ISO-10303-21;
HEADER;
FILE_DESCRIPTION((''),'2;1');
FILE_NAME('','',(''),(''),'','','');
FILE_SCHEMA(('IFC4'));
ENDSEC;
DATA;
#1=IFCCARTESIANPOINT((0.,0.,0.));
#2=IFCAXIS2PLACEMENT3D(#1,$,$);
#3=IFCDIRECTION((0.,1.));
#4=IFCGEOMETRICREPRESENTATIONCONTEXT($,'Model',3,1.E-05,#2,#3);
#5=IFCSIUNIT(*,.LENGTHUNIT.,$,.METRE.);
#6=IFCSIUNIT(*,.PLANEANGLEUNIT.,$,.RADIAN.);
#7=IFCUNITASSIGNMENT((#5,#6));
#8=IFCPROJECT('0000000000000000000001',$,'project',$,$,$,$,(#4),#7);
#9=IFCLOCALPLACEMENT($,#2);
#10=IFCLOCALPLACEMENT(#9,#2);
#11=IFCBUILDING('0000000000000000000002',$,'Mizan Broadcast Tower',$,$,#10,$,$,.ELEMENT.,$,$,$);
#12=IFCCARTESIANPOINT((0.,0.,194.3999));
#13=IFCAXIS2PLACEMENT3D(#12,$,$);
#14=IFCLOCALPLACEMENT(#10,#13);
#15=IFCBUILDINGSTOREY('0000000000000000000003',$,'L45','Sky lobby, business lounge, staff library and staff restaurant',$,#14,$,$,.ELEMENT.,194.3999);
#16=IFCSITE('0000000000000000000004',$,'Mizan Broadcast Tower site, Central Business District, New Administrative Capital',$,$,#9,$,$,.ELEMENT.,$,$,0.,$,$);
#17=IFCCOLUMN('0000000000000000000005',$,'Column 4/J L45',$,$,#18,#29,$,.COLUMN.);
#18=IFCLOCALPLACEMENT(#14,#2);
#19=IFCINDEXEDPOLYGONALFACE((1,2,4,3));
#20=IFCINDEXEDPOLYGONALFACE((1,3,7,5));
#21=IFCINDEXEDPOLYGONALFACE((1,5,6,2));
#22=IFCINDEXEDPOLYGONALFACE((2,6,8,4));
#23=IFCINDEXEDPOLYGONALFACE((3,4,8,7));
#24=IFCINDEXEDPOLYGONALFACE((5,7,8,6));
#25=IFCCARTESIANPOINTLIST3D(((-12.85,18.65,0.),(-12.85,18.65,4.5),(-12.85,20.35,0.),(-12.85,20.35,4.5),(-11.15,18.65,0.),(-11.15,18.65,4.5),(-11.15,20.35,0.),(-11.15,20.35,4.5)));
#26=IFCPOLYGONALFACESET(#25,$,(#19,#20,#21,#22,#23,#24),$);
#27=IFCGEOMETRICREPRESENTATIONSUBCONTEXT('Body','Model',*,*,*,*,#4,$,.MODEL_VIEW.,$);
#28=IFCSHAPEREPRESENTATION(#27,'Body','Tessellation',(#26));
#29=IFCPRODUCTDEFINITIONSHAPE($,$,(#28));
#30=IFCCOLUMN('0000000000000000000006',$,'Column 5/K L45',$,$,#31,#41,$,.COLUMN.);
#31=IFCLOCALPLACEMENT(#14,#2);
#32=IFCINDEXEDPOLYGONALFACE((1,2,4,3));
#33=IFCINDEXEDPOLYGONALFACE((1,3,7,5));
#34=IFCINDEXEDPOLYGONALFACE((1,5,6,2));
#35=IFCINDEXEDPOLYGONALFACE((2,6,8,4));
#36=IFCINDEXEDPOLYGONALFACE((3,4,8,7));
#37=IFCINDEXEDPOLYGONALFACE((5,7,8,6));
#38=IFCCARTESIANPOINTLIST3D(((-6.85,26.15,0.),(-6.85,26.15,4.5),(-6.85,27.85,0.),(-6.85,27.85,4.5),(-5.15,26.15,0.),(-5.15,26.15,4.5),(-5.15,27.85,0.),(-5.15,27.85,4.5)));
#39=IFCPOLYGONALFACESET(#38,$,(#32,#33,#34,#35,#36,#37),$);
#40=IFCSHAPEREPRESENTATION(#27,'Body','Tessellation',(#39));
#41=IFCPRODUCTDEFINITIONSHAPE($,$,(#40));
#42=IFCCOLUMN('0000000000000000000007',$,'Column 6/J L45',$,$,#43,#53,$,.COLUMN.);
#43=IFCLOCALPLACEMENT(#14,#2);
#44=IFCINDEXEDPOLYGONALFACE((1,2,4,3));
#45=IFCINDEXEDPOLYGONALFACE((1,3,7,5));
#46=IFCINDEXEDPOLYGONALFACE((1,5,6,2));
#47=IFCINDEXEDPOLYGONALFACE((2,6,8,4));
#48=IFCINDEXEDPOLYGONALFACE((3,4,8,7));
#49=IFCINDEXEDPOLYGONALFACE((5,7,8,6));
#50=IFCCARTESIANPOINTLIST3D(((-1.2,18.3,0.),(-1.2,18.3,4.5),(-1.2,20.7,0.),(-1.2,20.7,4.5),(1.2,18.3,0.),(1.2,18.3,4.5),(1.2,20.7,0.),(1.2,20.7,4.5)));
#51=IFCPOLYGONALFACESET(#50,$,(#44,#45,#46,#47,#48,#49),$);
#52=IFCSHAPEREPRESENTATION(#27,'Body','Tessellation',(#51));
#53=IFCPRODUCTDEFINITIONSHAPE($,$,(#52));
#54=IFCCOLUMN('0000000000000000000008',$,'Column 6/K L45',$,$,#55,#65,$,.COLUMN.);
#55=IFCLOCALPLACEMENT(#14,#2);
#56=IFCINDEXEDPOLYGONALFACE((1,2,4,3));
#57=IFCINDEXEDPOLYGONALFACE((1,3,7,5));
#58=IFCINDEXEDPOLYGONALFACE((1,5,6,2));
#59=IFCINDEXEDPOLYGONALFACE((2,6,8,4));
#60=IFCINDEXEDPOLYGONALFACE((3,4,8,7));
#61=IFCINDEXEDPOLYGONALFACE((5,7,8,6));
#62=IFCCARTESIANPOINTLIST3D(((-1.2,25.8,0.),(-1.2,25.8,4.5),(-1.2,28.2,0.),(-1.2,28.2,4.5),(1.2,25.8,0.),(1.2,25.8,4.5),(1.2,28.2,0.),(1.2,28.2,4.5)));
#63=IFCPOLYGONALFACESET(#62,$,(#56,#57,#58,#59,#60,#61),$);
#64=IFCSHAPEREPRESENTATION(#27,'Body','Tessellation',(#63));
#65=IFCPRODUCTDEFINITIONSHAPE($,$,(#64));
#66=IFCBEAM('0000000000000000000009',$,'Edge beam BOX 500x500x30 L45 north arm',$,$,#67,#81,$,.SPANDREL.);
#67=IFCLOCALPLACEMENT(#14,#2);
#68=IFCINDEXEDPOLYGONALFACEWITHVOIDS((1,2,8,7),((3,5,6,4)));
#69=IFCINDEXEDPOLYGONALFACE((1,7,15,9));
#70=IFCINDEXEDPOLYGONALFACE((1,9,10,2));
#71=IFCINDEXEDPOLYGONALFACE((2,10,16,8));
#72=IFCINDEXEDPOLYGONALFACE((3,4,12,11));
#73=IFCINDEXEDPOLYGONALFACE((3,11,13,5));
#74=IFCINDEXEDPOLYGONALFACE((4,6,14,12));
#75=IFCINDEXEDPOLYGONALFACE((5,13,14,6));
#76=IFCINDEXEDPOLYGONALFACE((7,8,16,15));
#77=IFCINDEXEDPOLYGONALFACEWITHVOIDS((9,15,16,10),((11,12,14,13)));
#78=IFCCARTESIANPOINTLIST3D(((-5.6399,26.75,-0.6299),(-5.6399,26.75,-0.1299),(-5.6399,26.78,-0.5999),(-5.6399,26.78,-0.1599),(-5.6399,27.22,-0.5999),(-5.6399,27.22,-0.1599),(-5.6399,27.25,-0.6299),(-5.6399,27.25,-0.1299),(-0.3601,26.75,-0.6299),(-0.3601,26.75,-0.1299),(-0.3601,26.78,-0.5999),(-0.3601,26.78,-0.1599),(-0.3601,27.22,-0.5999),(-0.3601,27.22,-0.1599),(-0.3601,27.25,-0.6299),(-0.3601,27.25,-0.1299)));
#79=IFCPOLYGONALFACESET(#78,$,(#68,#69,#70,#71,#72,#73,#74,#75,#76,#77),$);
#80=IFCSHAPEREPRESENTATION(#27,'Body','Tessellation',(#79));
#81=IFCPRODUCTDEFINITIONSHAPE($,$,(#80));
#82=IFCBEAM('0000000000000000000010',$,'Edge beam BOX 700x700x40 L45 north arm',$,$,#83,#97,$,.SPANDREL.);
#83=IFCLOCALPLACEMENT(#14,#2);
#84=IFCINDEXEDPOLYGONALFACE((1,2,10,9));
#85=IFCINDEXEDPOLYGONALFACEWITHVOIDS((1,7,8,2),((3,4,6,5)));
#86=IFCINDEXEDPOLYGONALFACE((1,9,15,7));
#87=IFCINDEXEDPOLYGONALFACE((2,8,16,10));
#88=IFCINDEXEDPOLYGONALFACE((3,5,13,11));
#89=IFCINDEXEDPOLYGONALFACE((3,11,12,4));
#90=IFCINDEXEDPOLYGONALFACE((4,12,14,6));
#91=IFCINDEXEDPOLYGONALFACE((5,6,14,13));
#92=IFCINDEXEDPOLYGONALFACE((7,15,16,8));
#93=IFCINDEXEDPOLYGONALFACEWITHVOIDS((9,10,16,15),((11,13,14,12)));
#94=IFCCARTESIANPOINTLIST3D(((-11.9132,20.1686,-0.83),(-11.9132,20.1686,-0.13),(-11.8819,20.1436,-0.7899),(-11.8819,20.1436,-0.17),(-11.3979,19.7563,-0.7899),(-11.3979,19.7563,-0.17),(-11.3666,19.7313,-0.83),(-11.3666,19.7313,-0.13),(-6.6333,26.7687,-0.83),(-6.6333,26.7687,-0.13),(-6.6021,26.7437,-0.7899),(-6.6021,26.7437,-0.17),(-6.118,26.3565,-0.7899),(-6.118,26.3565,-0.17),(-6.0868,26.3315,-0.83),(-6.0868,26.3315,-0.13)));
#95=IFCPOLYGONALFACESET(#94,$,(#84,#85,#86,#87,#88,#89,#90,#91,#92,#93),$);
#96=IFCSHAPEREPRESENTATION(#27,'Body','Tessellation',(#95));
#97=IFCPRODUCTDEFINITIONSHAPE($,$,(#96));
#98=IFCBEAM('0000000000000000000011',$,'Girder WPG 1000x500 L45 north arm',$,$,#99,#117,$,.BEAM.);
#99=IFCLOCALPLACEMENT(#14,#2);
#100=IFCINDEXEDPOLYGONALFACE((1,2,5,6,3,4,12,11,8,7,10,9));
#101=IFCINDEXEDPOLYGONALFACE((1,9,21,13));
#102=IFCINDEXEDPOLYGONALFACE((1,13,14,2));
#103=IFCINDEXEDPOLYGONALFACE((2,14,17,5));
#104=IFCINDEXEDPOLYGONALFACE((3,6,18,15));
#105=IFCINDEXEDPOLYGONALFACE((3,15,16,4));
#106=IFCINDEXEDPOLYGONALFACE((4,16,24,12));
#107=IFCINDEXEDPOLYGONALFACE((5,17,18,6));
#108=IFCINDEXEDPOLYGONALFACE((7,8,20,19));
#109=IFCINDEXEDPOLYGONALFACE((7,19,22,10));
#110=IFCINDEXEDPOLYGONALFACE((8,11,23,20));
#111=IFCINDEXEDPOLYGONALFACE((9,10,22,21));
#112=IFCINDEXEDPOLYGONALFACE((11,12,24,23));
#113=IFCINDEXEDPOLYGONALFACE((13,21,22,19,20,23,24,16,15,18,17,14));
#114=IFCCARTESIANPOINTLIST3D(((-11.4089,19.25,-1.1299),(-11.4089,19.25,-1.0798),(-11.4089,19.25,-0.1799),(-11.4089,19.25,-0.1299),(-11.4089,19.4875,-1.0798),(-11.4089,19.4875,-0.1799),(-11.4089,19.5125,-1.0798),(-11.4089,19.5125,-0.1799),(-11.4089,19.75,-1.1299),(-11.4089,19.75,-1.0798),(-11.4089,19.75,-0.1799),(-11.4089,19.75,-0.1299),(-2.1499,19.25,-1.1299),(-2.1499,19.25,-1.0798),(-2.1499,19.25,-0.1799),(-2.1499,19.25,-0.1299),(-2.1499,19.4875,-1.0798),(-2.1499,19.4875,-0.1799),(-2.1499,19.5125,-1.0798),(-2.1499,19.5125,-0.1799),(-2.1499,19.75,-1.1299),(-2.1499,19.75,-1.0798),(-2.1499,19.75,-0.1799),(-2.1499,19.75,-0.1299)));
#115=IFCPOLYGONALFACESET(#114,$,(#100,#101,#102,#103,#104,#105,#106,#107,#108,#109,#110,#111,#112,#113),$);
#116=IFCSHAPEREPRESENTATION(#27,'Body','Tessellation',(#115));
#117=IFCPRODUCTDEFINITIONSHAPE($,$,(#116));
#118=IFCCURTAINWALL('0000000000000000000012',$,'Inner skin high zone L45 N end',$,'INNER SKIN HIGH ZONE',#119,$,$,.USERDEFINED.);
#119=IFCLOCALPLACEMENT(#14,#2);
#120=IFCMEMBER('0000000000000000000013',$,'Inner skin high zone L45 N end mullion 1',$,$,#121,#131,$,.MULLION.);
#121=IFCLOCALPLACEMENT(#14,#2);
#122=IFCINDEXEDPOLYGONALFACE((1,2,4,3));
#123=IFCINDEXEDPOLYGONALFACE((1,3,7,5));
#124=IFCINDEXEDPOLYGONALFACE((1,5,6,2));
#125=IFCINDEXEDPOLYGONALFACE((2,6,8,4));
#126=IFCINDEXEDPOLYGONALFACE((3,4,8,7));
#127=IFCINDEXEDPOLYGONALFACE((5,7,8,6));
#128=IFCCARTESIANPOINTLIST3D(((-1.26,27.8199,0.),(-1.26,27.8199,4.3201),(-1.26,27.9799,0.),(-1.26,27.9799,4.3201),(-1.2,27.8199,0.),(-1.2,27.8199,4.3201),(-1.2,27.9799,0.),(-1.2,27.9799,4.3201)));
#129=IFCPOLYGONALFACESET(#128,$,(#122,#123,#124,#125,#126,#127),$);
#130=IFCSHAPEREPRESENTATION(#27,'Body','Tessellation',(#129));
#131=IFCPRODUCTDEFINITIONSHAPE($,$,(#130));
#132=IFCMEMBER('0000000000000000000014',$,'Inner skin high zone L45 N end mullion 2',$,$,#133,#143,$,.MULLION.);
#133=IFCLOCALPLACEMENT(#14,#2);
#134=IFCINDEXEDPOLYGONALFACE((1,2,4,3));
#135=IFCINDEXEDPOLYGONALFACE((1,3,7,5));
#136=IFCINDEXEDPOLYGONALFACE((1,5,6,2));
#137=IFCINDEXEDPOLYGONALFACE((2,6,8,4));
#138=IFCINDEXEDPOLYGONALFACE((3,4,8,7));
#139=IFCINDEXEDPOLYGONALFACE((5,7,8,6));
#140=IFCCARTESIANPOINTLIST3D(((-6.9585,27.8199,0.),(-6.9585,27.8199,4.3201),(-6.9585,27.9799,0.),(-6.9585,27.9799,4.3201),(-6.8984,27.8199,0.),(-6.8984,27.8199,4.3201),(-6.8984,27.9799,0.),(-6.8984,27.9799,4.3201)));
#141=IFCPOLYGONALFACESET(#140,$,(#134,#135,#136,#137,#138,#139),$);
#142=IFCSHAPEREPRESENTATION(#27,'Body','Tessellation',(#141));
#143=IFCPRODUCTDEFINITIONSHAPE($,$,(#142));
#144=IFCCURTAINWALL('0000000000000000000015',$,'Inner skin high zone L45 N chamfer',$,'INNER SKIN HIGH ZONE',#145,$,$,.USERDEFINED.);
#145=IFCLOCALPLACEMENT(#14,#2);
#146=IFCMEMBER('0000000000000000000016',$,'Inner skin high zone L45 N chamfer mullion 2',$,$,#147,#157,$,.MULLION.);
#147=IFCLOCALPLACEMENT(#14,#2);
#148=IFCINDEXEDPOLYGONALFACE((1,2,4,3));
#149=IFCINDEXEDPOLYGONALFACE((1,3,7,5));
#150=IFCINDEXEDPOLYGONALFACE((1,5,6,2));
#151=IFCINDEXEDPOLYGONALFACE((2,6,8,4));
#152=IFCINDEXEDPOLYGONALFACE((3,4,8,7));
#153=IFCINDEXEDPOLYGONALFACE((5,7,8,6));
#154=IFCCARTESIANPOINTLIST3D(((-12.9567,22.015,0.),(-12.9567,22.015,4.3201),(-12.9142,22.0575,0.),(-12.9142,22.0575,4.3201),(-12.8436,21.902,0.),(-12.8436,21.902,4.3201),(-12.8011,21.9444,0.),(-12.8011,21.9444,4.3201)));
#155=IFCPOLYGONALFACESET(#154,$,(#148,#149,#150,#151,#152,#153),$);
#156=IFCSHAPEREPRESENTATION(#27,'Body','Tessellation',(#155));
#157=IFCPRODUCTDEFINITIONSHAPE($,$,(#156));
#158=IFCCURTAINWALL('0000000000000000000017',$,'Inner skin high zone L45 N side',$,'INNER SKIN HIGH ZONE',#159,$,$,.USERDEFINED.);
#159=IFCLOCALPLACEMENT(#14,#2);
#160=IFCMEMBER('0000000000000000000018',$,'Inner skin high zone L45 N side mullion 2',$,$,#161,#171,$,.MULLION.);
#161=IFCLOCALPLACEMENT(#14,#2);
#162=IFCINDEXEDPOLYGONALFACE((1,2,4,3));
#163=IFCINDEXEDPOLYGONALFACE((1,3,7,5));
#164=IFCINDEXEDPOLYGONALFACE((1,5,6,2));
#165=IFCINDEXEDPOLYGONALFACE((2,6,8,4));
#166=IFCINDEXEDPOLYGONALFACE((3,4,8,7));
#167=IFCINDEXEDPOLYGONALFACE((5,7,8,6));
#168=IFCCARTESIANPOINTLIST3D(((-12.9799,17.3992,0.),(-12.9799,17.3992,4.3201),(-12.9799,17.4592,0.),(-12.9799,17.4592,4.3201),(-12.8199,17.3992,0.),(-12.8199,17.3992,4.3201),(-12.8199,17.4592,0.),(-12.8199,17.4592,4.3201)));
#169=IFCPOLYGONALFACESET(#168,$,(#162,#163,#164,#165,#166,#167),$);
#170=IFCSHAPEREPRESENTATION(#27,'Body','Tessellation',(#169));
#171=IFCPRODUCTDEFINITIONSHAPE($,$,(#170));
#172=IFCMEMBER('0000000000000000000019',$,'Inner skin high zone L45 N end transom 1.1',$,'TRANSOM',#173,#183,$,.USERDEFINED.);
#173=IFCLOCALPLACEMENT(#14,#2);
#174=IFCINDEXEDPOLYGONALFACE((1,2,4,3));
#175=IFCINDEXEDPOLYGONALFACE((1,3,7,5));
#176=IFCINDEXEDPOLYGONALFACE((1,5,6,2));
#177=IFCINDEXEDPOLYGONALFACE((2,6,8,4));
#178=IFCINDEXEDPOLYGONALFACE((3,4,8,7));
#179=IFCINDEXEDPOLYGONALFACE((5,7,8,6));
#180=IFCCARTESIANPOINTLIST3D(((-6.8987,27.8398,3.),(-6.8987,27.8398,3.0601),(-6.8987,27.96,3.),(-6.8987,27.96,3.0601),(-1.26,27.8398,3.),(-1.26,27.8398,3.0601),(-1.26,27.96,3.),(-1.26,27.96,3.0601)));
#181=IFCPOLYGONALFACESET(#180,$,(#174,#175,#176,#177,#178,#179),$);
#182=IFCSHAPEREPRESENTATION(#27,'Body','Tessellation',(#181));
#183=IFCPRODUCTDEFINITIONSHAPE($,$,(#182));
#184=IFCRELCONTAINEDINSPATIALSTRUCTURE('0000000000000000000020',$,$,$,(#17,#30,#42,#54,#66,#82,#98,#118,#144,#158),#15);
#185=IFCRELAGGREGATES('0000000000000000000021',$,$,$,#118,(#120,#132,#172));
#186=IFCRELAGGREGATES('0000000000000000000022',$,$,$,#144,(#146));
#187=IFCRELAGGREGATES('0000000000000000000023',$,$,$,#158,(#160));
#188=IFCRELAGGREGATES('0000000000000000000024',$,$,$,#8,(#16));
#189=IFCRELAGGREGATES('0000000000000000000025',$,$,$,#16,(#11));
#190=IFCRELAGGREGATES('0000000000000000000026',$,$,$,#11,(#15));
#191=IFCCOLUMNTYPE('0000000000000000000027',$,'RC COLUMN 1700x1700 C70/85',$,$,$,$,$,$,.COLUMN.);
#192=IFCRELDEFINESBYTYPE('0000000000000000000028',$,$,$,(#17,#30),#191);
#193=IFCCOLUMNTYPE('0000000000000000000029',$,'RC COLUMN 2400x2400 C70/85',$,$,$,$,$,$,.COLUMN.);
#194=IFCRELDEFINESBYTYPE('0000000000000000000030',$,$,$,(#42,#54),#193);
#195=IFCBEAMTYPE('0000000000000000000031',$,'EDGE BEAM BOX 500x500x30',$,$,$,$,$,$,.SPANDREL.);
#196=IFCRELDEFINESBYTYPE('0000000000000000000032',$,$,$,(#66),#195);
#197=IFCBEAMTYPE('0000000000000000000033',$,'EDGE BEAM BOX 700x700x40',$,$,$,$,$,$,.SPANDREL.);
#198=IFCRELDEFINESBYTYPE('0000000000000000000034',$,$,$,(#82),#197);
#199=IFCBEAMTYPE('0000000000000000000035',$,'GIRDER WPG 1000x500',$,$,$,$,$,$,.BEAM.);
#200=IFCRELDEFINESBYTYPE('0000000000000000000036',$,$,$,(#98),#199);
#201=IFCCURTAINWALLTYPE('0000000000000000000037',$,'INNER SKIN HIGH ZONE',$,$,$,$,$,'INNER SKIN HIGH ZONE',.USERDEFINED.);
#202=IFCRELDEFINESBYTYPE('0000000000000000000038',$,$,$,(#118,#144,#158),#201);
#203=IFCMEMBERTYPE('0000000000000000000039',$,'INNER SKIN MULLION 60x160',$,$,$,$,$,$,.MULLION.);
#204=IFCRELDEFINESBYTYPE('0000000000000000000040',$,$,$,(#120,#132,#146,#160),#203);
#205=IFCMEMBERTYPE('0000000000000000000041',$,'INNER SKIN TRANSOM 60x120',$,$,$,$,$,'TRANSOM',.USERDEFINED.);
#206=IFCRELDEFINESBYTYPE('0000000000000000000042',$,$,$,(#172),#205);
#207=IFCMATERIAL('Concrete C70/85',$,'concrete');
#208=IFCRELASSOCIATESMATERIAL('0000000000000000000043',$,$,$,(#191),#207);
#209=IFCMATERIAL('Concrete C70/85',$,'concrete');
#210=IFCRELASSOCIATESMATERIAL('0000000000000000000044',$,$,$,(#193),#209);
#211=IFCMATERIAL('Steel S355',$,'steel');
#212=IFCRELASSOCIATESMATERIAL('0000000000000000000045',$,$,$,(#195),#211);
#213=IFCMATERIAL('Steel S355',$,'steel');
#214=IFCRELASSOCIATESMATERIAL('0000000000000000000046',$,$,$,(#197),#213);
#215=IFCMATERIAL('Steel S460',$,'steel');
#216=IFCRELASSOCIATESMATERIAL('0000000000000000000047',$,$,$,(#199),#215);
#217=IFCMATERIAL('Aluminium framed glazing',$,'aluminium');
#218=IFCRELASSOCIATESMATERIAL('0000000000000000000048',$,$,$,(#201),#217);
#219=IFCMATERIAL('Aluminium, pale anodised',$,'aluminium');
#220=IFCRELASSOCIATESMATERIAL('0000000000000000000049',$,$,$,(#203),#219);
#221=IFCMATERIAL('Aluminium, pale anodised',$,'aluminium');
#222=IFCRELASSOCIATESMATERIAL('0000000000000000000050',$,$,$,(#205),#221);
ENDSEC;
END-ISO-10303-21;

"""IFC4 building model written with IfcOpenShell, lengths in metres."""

from ifc_helpers import new_model, si_unit, direction, frame, origin, origin_2d, place, context, subcontext, project, spatial, rectangle, hollow_rectangle, i_section, extrude, material, material_profile, profile_set, type_object, element, aggregate, save


model = new_model("IFC4")

# Units and contexts
model_context = context("Model", 3, precision=1e-05, world=origin(), true_north=direction((0.0, 1.0)))
body_context = subcontext(model_context, "Body", "Model", "MODEL_VIEW")
ifc_project = project(units=[si_unit("LENGTHUNIT", "METRE"), si_unit("PLANEANGLEUNIT", "RADIAN")], contexts=[model_context])

# Site, building, storey
site_placement = place(None, origin())
site = spatial("IfcSite", under=ifc_project, at=site_placement, Name="Mizan Broadcast Tower site, Central Business District, New Administrative Capital", CompositionType="ELEMENT", RefElevation=0.0)
building_placement = place(site_placement, origin())
building = spatial("IfcBuilding", under=site, at=building_placement, Name="Mizan Broadcast Tower", CompositionType="ELEMENT")
storey_placement = place(building_placement, frame((0.0, 0.0, 194.3999)))
storey = spatial("IfcBuildingStorey", under=building, at=storey_placement, Name="L45", Description="Sky lobby, business lounge, staff library and staff restaurant", CompositionType="ELEMENT", Elevation=194.3999)

# Columns
ifc_material_1 = material(Name="Concrete C70/85", Category="concrete")
ifc_material_profile_1 = material_profile(ifc_material_1, rectangle(XDim=1.7, YDim=1.7, at=origin_2d()), Name="RC 1700x1700")
ifc_profile_set_1 = profile_set([ifc_material_profile_1], Name="Concrete C70/85")
column_type_1 = type_object("IfcColumnType", Name="RC COLUMN 1700x1700 C70/85", PredefinedType="COLUMN", material=ifc_profile_set_1)
for number, where, z_axis, x_axis, name in (
    (1, (-12.0, 19.5, 0.0), (0.0, 0.0, 1.0), (1.0, 0.0, 0.0), "Column 4/J L45"),
    (2, (-6.0, 27.0, 0.0), (0.0, 0.0, 1.0), (1.0, 0.0, 0.0), "Column 5/K L45"),
):
    element("IfcColumn", number, at=place(storey_placement, frame(where, z_axis=z_axis, x_axis=x_axis)), inside=storey, type_object=column_type_1, Name=name, PredefinedType="COLUMN", context=body_context, shape_type="SweptSolid", body=[
        extrude(rectangle(XDim=1.7, YDim=1.7, at=origin_2d()), origin(), (0.0, 0.0, 1.0), 4.5),
    ])
ifc_material_2 = material(Name="Concrete C70/85", Category="concrete")
ifc_material_profile_2 = material_profile(ifc_material_2, rectangle(XDim=2.3999, YDim=2.3999, at=origin_2d()), Name="RC 2400x2400")
ifc_profile_set_2 = profile_set([ifc_material_profile_2], Name="Concrete C70/85")
column_type_2 = type_object("IfcColumnType", Name="RC COLUMN 2400x2400 C70/85", PredefinedType="COLUMN", material=ifc_profile_set_2)
for number, where, z_axis, x_axis, name in (
    (3, (0.0, 19.5, 0.0), (0.0, 0.0, 1.0), (1.0, 0.0, 0.0), "Column 6/J L45"),
    (4, (0.0, 27.0, 0.0), (0.0, 0.0, 1.0), (1.0, 0.0, 0.0), "Column 6/K L45"),
):
    element("IfcColumn", number, at=place(storey_placement, frame(where, z_axis=z_axis, x_axis=x_axis)), inside=storey, type_object=column_type_2, Name=name, PredefinedType="COLUMN", context=body_context, shape_type="SweptSolid", body=[
        extrude(rectangle(XDim=2.3999, YDim=2.3999, at=origin_2d()), origin(), (0.0, 0.0, 1.0), 4.5),
    ])

# Beams
ifc_material_3 = material(Name="Steel S355", Category="steel")
ifc_material_profile_3 = material_profile(ifc_material_3, hollow_rectangle(XDim=0.5, YDim=0.5, WallThickness=0.03, at=origin_2d()), Name="BOX 500x500x30")
ifc_profile_set_3 = profile_set([ifc_material_profile_3], Name="Steel S355")
beam_type_1 = type_object("IfcBeamType", Name="EDGE BEAM BOX 500x500x30", PredefinedType="SPANDREL", material=ifc_profile_set_3)
beam_1_placement = place(storey_placement, frame((-5.6399, 27.0, -0.3799), z_axis=(1.0, 0.0, 0.0), x_axis=(0.0, 1.0, 0.0)))
element("IfcBeam", 5, at=beam_1_placement, inside=storey, type_object=beam_type_1, Name="Edge beam BOX 500x500x30 L45 north arm", PredefinedType="SPANDREL", context=body_context, shape_type="SweptSolid", body=[
    extrude(hollow_rectangle(XDim=0.5, YDim=0.5, WallThickness=0.03, at=origin_2d()), origin(), (0.0, 0.0, 1.0), 5.2798),
])
ifc_material_4 = material(Name="Steel S355", Category="steel")
ifc_material_profile_4 = material_profile(ifc_material_4, hollow_rectangle(XDim=0.7, YDim=0.7, WallThickness=0.04, at=origin_2d()), Name="BOX 700x700x40")
ifc_profile_set_4 = profile_set([ifc_material_profile_4], Name="Steel S355")
beam_type_2 = type_object("IfcBeamType", Name="EDGE BEAM BOX 700x700x40", PredefinedType="SPANDREL", material=ifc_profile_set_4)
beam_2_placement = place(storey_placement, frame((-11.6399, 19.95, -0.48), z_axis=(0.624674, 0.780886, 0.0), x_axis=(-0.780886, 0.624674, 0.0)))
element("IfcBeam", 6, at=beam_2_placement, inside=storey, type_object=beam_type_2, Name="Edge beam BOX 700x700x40 L45 north arm", PredefinedType="SPANDREL", context=body_context, shape_type="SweptSolid", body=[
    extrude(hollow_rectangle(XDim=0.7, YDim=0.7, WallThickness=0.04, at=origin_2d()), origin(), (0.0, 0.0, 1.0), 8.4521),
])
ifc_material_5 = material(Name="Steel S460", Category="steel")
ifc_material_profile_5 = material_profile(ifc_material_5, i_section(OverallWidth=0.5, OverallDepth=1.0, WebThickness=0.0249, FlangeThickness=0.05, at=origin_2d()), Name="WPG 1000x500")
ifc_profile_set_5 = profile_set([ifc_material_profile_5], Name="Steel S460")
beam_type_3 = type_object("IfcBeamType", Name="GIRDER WPG 1000x500", PredefinedType="BEAM", material=ifc_profile_set_5)
beam_3_placement = place(storey_placement, frame((-11.4089, 19.5, -0.6299), z_axis=(1.0, 0.0, 0.0), x_axis=(0.0, 1.0, 0.0)))
element("IfcBeam", 7, at=beam_3_placement, inside=storey, type_object=beam_type_3, Name="Girder WPG 1000x500 L45 north arm", PredefinedType="BEAM", context=body_context, shape_type="SweptSolid", body=[
    extrude(i_section(OverallWidth=0.5, OverallDepth=1.0, WebThickness=0.0249, FlangeThickness=0.05, at=origin_2d()), origin(), (0.0, 0.0, 1.0), 9.259),
])

# Curtain wall, members
ifc_material_6 = material(Name="Aluminium framed glazing", Category="aluminium")
curtain_wall_type_1 = type_object("IfcCurtainWallType", Name="INNER SKIN HIGH ZONE", ElementType="INNER SKIN HIGH ZONE", PredefinedType="USERDEFINED", material=ifc_material_6)
curtain_wall_1_placement = place(storey_placement, origin())
curtain_wall_1 = element("IfcCurtainWall", 8, at=curtain_wall_1_placement, inside=storey, type_object=curtain_wall_type_1, Name="Inner skin high zone L45 N end", ObjectType="INNER SKIN HIGH ZONE", PredefinedType="USERDEFINED")
ifc_material_7 = material(Name="Aluminium, pale anodised", Category="aluminium")
ifc_material_profile_6 = material_profile(ifc_material_7, rectangle(XDim=0.1599, YDim=0.0601, at=origin_2d()), Name="MULLION 160x60")
ifc_profile_set_6 = profile_set([ifc_material_profile_6], Name="Aluminium, pale anodised")
member_type_1 = type_object("IfcMemberType", Name="INNER SKIN MULLION 60x160", PredefinedType="MULLION", material=ifc_profile_set_6)
member_1_placement = place(storey_placement, frame((-1.23, 27.8999, 0.0), z_axis=(0.0, 0.0, 1.0), x_axis=(0.0, -1.0, 0.0)))
member_1 = element("IfcMember", 9, at=member_1_placement, type_object=member_type_1, Name="Inner skin high zone L45 N end mullion 1", PredefinedType="MULLION", context=body_context, shape_type="SweptSolid", body=[
    extrude(rectangle(XDim=0.1599, YDim=0.0601, at=origin_2d()), origin(), (0.0, 0.0, 1.0), 4.3201),
])
member_2_placement = place(storey_placement, frame((-6.9285, 27.8999, 0.0), z_axis=(0.0, 0.0, 1.0), x_axis=(0.0, -1.0, 0.0)))
member_2 = element("IfcMember", 10, at=member_2_placement, type_object=member_type_1, Name="Inner skin high zone L45 N end mullion 2", PredefinedType="MULLION", context=body_context, shape_type="SweptSolid", body=[
    extrude(rectangle(XDim=0.1599, YDim=0.0601, at=origin_2d()), origin(), (0.0, 0.0, 1.0), 4.3201),
])

# Curtain walls, members
curtain_wall_2_placement = place(storey_placement, origin())
curtain_wall_2 = element("IfcCurtainWall", 11, at=curtain_wall_2_placement, inside=storey, type_object=curtain_wall_type_1, Name="Inner skin high zone L45 N chamfer", ObjectType="INNER SKIN HIGH ZONE", PredefinedType="USERDEFINED")
member_3_placement = place(storey_placement, frame((-12.8789, 21.9797, 0.0), z_axis=(0.0, 0.0, 1.0), x_axis=(0.707107, -0.707107, 0.0)))
member_3 = element("IfcMember", 12, at=member_3_placement, type_object=member_type_1, Name="Inner skin high zone L45 N chamfer mullion 2", PredefinedType="MULLION", context=body_context, shape_type="SweptSolid", body=[
    extrude(rectangle(XDim=0.1599, YDim=0.0601, at=origin_2d()), origin(), (0.0, 0.0, 1.0), 4.3201),
])
curtain_wall_3_placement = place(storey_placement, origin())
curtain_wall_3 = element("IfcCurtainWall", 13, at=curtain_wall_3_placement, inside=storey, type_object=curtain_wall_type_1, Name="Inner skin high zone L45 N side", ObjectType="INNER SKIN HIGH ZONE", PredefinedType="USERDEFINED")
member_4_placement = place(storey_placement, frame((-12.8999, 17.4292, 0.0), z_axis=(0.0, 0.0, 1.0), x_axis=(1.0, 0.0, 0.0)))
member_4 = element("IfcMember", 14, at=member_4_placement, type_object=member_type_1, Name="Inner skin high zone L45 N side mullion 2", PredefinedType="MULLION", context=body_context, shape_type="SweptSolid", body=[
    extrude(rectangle(XDim=0.1599, YDim=0.0601, at=origin_2d()), origin(), (0.0, 0.0, 1.0), 4.3201),
])

# Member
ifc_material_8 = material(Name="Aluminium, pale anodised", Category="aluminium")
ifc_material_profile_7 = material_profile(ifc_material_8, rectangle(XDim=0.1201, YDim=0.0601, at=origin_2d()), Name="TRANSOM 120x60")
ifc_profile_set_7 = profile_set([ifc_material_profile_7], Name="Aluminium, pale anodised")
member_type_2 = type_object("IfcMemberType", Name="INNER SKIN TRANSOM 60x120", ElementType="TRANSOM", PredefinedType="USERDEFINED", material=ifc_profile_set_7)
member_5_placement = place(storey_placement, frame((-1.26, 27.8999, 3.03), z_axis=(-1.0, 0.0, 0.0), x_axis=(0.0, -1.0, 0.0)))
member_5 = element("IfcMember", 15, at=member_5_placement, type_object=member_type_2, Name="Inner skin high zone L45 N end transom 1.1", ObjectType="TRANSOM", PredefinedType="USERDEFINED", context=body_context, shape_type="SweptSolid", body=[
    extrude(rectangle(XDim=0.1201, YDim=0.0601, at=origin_2d()), origin(), (0.0, 0.0, 1.0), 5.6387),
])

aggregate(curtain_wall_1, [member_1, member_2, member_5])
aggregate(curtain_wall_2, [member_3])
aggregate(curtain_wall_3, [member_4])

save(model, "model.ifc")
